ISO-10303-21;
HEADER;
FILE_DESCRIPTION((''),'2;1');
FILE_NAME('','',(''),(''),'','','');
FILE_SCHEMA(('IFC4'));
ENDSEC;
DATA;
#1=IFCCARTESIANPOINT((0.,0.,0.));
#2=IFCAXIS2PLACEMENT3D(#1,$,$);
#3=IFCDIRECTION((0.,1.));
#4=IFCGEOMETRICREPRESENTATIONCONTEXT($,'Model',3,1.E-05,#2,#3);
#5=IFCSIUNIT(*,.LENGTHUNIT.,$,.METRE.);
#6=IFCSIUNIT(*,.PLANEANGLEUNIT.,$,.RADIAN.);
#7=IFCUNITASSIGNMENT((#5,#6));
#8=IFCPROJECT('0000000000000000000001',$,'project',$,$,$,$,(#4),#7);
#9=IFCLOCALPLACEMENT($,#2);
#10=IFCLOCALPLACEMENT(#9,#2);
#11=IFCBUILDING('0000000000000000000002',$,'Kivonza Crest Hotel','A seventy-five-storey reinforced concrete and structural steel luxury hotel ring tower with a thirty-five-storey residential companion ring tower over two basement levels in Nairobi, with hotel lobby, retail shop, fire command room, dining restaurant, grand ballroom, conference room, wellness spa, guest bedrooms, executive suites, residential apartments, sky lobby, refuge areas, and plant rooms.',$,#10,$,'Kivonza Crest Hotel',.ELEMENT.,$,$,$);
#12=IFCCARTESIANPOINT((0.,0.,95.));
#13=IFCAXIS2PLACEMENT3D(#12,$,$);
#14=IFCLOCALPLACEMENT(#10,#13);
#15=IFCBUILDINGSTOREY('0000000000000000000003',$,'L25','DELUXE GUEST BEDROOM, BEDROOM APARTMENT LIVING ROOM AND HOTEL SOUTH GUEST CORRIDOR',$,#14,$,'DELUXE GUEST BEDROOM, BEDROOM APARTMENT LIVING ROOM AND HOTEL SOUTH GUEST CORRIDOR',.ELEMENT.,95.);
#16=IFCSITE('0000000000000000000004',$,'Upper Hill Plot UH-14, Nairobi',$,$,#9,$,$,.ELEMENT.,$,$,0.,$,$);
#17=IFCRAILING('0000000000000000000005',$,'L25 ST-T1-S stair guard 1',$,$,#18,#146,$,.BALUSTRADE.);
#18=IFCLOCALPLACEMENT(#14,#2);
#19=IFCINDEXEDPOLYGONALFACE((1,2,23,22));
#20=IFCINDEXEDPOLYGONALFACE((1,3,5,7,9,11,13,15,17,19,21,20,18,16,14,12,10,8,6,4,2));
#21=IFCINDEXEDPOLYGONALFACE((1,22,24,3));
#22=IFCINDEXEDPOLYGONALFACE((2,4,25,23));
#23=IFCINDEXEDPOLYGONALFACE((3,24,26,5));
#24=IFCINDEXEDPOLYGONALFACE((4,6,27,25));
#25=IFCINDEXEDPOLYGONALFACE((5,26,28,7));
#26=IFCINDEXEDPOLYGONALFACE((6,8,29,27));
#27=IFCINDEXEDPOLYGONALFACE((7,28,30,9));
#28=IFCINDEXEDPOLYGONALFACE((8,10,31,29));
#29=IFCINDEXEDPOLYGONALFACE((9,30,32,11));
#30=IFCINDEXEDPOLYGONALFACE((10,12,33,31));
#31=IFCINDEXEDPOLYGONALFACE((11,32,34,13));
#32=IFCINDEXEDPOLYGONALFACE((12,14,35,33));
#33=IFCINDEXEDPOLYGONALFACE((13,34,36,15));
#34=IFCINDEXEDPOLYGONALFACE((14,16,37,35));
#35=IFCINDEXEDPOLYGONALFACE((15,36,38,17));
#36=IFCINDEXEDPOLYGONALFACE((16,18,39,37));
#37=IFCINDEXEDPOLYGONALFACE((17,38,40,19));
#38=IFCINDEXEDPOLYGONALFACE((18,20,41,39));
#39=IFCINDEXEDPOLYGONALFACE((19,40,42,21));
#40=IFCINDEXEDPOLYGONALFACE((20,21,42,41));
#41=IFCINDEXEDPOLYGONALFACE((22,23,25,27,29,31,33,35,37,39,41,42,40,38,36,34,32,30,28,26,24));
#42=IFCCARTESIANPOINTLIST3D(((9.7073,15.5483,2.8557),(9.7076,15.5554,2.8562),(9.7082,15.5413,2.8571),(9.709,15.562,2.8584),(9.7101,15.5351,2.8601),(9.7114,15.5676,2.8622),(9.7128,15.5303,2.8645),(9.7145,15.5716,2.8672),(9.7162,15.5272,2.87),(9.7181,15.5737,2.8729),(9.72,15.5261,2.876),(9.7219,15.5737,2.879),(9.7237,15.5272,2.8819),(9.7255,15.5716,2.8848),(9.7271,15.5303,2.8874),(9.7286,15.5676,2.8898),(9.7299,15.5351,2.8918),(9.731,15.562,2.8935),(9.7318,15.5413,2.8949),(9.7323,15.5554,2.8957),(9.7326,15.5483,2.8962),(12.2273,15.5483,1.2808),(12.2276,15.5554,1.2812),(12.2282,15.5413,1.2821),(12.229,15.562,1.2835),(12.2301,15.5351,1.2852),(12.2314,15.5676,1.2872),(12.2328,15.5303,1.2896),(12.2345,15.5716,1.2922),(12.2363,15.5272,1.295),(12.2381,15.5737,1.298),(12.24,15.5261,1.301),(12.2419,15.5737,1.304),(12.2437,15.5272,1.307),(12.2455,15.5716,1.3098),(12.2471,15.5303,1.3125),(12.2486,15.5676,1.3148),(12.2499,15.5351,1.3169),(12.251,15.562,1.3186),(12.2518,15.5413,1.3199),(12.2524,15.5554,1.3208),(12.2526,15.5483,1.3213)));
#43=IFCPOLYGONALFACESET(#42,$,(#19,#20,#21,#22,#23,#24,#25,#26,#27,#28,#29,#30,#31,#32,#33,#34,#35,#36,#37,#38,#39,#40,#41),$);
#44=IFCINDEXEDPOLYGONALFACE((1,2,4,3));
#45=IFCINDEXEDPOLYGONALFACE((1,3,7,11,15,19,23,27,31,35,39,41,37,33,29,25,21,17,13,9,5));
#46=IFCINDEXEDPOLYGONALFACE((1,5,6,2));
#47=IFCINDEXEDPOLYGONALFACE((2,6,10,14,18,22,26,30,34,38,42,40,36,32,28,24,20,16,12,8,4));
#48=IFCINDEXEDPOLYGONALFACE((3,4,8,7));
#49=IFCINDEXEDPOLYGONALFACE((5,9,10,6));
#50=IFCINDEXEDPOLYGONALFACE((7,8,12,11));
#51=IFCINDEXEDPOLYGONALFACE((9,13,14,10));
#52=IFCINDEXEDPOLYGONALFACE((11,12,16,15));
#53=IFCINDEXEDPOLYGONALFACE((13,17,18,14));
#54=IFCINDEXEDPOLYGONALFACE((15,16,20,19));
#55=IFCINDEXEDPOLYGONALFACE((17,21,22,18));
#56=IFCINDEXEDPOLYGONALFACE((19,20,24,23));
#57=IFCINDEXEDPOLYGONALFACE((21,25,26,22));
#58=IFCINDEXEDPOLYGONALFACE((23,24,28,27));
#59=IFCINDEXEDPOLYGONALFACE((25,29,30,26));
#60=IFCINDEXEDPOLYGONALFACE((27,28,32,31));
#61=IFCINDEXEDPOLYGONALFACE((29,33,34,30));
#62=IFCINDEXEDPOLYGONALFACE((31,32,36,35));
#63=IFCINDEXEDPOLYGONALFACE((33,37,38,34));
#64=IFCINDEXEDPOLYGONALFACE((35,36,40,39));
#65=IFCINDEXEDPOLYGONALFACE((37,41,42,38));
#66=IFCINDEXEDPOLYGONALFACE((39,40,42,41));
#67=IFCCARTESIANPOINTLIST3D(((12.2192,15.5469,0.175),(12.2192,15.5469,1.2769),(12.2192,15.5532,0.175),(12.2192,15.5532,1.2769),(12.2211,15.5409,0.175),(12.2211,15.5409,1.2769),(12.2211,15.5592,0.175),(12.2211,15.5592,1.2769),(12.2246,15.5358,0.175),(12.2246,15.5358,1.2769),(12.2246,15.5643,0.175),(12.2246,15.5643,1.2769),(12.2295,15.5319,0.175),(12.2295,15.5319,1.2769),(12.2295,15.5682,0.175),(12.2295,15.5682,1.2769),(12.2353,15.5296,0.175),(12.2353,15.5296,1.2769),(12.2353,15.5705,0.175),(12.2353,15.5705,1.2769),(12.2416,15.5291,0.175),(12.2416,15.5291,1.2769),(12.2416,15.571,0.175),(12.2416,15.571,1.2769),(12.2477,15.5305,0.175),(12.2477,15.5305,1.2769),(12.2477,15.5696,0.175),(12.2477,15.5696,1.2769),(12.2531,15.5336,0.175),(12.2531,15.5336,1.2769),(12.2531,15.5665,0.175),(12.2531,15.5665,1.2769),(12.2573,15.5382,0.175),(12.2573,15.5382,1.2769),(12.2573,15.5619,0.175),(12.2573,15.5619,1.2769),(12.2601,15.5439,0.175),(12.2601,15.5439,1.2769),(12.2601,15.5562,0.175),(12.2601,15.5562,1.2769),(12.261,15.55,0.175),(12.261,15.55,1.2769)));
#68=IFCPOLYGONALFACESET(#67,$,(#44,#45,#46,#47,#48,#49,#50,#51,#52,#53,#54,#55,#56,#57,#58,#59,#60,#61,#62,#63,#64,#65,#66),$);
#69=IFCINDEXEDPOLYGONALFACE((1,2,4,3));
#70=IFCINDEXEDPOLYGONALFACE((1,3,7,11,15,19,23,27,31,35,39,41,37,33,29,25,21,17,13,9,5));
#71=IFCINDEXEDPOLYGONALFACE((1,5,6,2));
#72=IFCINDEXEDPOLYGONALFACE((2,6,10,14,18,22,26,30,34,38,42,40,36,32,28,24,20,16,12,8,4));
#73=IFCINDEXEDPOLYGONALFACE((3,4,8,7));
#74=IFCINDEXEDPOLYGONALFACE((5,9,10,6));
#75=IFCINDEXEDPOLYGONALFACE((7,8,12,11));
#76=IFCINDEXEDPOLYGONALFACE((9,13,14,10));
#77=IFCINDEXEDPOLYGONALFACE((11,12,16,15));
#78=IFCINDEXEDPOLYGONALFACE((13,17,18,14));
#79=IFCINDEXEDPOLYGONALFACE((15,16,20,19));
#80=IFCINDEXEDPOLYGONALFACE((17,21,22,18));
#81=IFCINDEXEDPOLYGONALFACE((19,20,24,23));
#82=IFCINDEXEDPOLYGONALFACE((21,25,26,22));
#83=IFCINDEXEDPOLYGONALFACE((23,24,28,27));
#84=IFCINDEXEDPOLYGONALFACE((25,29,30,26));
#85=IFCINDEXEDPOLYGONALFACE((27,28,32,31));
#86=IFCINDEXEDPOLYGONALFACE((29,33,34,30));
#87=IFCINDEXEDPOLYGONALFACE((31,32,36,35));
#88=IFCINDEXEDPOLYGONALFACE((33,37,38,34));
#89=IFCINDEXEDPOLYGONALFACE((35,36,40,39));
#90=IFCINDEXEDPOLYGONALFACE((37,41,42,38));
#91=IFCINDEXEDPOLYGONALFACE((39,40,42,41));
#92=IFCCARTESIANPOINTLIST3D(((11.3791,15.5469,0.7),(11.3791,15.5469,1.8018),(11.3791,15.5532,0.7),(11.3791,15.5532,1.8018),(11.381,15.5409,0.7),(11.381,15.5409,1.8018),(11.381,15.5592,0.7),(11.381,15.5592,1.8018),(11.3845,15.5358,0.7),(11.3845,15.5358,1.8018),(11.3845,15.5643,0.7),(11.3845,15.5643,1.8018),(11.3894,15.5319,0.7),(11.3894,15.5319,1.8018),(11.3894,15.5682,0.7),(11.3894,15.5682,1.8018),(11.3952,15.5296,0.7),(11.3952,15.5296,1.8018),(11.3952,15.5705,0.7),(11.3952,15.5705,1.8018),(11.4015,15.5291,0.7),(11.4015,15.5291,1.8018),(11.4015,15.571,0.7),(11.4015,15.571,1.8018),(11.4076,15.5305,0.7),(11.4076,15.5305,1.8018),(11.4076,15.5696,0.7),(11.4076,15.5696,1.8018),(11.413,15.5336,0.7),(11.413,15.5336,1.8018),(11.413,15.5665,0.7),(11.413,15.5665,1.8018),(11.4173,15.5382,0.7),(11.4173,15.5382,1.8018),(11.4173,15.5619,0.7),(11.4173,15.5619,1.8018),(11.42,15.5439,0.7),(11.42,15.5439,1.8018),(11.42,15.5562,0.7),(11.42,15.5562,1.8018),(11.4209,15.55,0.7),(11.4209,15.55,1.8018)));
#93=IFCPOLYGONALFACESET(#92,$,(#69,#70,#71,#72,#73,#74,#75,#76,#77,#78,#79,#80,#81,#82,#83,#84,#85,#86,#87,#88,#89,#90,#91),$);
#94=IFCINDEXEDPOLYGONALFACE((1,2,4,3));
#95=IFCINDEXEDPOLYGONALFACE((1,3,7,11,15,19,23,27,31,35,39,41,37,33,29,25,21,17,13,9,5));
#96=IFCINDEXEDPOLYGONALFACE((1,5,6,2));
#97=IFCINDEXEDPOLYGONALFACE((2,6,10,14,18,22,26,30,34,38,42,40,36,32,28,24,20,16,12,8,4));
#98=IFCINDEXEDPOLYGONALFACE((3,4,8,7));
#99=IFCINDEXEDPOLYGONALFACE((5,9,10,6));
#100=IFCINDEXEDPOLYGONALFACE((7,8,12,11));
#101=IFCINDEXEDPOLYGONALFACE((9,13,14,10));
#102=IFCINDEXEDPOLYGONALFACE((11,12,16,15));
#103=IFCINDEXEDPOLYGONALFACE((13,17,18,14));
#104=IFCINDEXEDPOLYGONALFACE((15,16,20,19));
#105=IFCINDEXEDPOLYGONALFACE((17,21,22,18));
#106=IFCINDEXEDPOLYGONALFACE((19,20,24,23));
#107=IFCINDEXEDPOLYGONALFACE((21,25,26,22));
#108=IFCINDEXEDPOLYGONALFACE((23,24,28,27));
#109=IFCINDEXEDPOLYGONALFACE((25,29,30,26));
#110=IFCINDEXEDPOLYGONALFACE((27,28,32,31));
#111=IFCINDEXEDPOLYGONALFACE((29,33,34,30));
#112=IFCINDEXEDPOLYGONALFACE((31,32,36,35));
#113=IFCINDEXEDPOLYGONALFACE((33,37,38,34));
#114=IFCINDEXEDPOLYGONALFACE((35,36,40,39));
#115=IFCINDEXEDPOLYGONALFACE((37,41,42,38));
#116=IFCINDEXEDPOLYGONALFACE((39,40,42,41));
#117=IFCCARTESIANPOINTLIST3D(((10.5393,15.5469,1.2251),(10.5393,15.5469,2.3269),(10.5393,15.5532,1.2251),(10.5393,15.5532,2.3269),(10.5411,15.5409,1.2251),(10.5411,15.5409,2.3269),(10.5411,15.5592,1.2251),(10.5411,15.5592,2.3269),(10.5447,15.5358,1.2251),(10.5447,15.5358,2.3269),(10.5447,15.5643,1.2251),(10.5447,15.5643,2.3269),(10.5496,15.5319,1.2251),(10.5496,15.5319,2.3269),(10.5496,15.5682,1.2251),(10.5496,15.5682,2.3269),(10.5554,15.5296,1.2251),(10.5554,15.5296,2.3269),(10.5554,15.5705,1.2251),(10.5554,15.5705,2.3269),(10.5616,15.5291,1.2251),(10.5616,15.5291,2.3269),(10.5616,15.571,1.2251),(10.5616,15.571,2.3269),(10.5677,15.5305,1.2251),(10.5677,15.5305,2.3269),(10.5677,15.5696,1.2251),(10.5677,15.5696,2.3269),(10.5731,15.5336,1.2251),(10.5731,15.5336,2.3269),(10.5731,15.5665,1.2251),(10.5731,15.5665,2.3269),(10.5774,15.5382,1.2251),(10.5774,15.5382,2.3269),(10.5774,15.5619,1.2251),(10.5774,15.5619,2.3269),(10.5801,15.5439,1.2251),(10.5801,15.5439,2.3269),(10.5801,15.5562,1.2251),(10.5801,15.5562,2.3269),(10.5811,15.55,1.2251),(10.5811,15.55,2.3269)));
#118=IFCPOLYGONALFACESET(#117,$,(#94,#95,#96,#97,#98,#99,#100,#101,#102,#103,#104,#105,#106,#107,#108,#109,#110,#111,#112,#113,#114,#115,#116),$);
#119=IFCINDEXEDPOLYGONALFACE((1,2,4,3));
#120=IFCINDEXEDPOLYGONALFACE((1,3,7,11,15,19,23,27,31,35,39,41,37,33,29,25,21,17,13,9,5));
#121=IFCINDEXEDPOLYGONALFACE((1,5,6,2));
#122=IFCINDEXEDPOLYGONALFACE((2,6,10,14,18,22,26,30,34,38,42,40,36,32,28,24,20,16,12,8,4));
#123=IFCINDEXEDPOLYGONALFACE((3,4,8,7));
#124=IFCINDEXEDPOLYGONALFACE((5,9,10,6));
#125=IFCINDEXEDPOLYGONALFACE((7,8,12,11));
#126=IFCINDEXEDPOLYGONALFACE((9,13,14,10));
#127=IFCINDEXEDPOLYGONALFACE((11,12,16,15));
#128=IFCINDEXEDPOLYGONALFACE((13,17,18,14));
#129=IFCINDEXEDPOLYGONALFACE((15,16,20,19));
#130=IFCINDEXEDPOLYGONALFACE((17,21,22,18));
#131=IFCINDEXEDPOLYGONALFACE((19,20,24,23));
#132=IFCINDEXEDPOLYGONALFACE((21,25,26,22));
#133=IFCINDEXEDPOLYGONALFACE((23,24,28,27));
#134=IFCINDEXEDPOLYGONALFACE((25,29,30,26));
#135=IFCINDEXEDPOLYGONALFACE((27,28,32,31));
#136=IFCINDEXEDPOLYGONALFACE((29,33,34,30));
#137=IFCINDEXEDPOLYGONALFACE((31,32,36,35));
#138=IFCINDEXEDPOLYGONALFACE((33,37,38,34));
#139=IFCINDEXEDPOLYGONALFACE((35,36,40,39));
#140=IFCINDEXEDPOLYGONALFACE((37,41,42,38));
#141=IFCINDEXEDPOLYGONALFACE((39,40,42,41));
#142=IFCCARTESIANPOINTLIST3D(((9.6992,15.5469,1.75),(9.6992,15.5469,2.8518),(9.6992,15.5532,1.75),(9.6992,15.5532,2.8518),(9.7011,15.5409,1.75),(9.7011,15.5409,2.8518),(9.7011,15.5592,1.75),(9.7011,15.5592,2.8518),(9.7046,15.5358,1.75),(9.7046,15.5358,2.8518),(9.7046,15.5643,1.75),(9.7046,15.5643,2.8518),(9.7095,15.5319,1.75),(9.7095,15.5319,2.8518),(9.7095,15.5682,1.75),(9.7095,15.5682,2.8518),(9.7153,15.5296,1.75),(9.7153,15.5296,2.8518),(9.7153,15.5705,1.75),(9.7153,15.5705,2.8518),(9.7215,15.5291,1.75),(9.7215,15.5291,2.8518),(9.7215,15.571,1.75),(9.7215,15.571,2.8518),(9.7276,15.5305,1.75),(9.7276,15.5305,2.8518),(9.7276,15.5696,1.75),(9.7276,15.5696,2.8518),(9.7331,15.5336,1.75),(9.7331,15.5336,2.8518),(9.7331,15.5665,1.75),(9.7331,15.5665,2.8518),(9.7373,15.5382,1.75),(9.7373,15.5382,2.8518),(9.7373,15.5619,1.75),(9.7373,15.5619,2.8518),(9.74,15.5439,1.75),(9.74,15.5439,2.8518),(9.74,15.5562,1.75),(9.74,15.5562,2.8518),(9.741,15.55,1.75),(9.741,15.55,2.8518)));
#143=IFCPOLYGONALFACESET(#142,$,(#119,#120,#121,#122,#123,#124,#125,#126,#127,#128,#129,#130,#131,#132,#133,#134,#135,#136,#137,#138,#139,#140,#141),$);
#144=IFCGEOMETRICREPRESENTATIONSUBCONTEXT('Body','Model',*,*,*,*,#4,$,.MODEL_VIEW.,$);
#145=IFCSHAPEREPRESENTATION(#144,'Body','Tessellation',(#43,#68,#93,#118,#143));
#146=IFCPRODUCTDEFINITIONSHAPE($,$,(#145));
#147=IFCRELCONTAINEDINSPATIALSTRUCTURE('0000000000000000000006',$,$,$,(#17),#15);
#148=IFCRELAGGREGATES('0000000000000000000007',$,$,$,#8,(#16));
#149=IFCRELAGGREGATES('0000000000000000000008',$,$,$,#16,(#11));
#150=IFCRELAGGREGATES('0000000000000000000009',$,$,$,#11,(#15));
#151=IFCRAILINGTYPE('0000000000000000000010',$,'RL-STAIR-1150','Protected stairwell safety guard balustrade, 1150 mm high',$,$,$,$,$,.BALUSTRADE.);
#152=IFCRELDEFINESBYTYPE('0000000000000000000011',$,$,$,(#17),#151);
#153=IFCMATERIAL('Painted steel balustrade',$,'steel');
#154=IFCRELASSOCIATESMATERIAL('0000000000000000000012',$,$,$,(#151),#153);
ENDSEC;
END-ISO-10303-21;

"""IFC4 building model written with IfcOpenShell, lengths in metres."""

from ifc_helpers import new_model, si_unit, direction, frame, origin, origin_2d, place, context, subcontext, project, spatial, circle, extrude, material, type_object, element, save


model = new_model("IFC4")

# Units and contexts
model_context = context("Model", 3, precision=1e-05, world=origin(), true_north=direction((0.0, 1.0)))
body_context = subcontext(model_context, "Body", "Model", "MODEL_VIEW")
ifc_project = project(units=[si_unit("LENGTHUNIT", "METRE"), si_unit("PLANEANGLEUNIT", "RADIAN")], contexts=[model_context])

# Site, building, storey
site_placement = place(None, origin())
site = spatial("IfcSite", under=ifc_project, at=site_placement, Name="Upper Hill Plot UH-14, Nairobi", CompositionType="ELEMENT", RefElevation=0.0)
building_placement = place(site_placement, origin())
building = spatial("IfcBuilding", under=site, at=building_placement, Name="Kivonza Crest Hotel", Description="A seventy-five-storey reinforced concrete and structural steel luxury hotel ring tower with a thirty-five-storey residential companion ring tower over two basement levels in Nairobi, with hotel lobby, retail shop, fire command room, dining restaurant, grand ballroom, conference room, wellness spa, guest bedrooms, executive suites, residential apartments, sky lobby, refuge areas, and plant rooms.", LongName="Kivonza Crest Hotel", CompositionType="ELEMENT")
storey_placement = place(building_placement, frame((0.0, 0.0, 95.0)))
storey = spatial("IfcBuildingStorey", under=building, at=storey_placement, Name="L25", Description="DELUXE GUEST BEDROOM, BEDROOM APARTMENT LIVING ROOM AND HOTEL SOUTH GUEST CORRIDOR", LongName="DELUXE GUEST BEDROOM, BEDROOM APARTMENT LIVING ROOM AND HOTEL SOUTH GUEST CORRIDOR", CompositionType="ELEMENT", Elevation=95.0)

# Railing
ifc_material_1 = material(Name="Painted steel balustrade", Category="steel")
railing_type_1 = type_object("IfcRailingType", Name="RL-STAIR-1150", Description="Protected stairwell safety guard balustrade, 1150 mm high", PredefinedType="BALUSTRADE", material=ifc_material_1)
railing_1_placement = place(storey_placement, frame((12.24, 15.55, 0.175)))
element("IfcRailing", 1, at=railing_1_placement, inside=storey, type_object=railing_type_1, Name="L25 ST-T1-S stair guard 1", PredefinedType="BALUSTRADE", context=body_context, shape_type="SweptSolid", body=[
    extrude(circle(Radius=0.0239, at=origin_2d()), frame((0.0, 0.0, 1.126), z_axis=(-0.848008, 0.0, 0.529984), x_axis=(0.0, -1.0, 0.0)), (0.0, 0.0, 1.0), 2.9717),
    extrude(circle(Radius=0.021, at=origin_2d()), origin(), (0.0, 0.0, 1.0), 1.1018),
    extrude(circle(Radius=0.021, at=origin_2d()), frame((-0.8401, 0.0, 0.5249)), (0.0, 0.0, 1.0), 1.1018),
    extrude(circle(Radius=0.021, at=origin_2d()), frame((-1.6799, 0.0, 1.05)), (0.0, 0.0, 1.0), 1.1018),
    extrude(circle(Radius=0.021, at=origin_2d()), frame((-2.52, 0.0, 1.575)), (0.0, 0.0, 1.0), 1.1018),
])

save(model, "model.ifc")
